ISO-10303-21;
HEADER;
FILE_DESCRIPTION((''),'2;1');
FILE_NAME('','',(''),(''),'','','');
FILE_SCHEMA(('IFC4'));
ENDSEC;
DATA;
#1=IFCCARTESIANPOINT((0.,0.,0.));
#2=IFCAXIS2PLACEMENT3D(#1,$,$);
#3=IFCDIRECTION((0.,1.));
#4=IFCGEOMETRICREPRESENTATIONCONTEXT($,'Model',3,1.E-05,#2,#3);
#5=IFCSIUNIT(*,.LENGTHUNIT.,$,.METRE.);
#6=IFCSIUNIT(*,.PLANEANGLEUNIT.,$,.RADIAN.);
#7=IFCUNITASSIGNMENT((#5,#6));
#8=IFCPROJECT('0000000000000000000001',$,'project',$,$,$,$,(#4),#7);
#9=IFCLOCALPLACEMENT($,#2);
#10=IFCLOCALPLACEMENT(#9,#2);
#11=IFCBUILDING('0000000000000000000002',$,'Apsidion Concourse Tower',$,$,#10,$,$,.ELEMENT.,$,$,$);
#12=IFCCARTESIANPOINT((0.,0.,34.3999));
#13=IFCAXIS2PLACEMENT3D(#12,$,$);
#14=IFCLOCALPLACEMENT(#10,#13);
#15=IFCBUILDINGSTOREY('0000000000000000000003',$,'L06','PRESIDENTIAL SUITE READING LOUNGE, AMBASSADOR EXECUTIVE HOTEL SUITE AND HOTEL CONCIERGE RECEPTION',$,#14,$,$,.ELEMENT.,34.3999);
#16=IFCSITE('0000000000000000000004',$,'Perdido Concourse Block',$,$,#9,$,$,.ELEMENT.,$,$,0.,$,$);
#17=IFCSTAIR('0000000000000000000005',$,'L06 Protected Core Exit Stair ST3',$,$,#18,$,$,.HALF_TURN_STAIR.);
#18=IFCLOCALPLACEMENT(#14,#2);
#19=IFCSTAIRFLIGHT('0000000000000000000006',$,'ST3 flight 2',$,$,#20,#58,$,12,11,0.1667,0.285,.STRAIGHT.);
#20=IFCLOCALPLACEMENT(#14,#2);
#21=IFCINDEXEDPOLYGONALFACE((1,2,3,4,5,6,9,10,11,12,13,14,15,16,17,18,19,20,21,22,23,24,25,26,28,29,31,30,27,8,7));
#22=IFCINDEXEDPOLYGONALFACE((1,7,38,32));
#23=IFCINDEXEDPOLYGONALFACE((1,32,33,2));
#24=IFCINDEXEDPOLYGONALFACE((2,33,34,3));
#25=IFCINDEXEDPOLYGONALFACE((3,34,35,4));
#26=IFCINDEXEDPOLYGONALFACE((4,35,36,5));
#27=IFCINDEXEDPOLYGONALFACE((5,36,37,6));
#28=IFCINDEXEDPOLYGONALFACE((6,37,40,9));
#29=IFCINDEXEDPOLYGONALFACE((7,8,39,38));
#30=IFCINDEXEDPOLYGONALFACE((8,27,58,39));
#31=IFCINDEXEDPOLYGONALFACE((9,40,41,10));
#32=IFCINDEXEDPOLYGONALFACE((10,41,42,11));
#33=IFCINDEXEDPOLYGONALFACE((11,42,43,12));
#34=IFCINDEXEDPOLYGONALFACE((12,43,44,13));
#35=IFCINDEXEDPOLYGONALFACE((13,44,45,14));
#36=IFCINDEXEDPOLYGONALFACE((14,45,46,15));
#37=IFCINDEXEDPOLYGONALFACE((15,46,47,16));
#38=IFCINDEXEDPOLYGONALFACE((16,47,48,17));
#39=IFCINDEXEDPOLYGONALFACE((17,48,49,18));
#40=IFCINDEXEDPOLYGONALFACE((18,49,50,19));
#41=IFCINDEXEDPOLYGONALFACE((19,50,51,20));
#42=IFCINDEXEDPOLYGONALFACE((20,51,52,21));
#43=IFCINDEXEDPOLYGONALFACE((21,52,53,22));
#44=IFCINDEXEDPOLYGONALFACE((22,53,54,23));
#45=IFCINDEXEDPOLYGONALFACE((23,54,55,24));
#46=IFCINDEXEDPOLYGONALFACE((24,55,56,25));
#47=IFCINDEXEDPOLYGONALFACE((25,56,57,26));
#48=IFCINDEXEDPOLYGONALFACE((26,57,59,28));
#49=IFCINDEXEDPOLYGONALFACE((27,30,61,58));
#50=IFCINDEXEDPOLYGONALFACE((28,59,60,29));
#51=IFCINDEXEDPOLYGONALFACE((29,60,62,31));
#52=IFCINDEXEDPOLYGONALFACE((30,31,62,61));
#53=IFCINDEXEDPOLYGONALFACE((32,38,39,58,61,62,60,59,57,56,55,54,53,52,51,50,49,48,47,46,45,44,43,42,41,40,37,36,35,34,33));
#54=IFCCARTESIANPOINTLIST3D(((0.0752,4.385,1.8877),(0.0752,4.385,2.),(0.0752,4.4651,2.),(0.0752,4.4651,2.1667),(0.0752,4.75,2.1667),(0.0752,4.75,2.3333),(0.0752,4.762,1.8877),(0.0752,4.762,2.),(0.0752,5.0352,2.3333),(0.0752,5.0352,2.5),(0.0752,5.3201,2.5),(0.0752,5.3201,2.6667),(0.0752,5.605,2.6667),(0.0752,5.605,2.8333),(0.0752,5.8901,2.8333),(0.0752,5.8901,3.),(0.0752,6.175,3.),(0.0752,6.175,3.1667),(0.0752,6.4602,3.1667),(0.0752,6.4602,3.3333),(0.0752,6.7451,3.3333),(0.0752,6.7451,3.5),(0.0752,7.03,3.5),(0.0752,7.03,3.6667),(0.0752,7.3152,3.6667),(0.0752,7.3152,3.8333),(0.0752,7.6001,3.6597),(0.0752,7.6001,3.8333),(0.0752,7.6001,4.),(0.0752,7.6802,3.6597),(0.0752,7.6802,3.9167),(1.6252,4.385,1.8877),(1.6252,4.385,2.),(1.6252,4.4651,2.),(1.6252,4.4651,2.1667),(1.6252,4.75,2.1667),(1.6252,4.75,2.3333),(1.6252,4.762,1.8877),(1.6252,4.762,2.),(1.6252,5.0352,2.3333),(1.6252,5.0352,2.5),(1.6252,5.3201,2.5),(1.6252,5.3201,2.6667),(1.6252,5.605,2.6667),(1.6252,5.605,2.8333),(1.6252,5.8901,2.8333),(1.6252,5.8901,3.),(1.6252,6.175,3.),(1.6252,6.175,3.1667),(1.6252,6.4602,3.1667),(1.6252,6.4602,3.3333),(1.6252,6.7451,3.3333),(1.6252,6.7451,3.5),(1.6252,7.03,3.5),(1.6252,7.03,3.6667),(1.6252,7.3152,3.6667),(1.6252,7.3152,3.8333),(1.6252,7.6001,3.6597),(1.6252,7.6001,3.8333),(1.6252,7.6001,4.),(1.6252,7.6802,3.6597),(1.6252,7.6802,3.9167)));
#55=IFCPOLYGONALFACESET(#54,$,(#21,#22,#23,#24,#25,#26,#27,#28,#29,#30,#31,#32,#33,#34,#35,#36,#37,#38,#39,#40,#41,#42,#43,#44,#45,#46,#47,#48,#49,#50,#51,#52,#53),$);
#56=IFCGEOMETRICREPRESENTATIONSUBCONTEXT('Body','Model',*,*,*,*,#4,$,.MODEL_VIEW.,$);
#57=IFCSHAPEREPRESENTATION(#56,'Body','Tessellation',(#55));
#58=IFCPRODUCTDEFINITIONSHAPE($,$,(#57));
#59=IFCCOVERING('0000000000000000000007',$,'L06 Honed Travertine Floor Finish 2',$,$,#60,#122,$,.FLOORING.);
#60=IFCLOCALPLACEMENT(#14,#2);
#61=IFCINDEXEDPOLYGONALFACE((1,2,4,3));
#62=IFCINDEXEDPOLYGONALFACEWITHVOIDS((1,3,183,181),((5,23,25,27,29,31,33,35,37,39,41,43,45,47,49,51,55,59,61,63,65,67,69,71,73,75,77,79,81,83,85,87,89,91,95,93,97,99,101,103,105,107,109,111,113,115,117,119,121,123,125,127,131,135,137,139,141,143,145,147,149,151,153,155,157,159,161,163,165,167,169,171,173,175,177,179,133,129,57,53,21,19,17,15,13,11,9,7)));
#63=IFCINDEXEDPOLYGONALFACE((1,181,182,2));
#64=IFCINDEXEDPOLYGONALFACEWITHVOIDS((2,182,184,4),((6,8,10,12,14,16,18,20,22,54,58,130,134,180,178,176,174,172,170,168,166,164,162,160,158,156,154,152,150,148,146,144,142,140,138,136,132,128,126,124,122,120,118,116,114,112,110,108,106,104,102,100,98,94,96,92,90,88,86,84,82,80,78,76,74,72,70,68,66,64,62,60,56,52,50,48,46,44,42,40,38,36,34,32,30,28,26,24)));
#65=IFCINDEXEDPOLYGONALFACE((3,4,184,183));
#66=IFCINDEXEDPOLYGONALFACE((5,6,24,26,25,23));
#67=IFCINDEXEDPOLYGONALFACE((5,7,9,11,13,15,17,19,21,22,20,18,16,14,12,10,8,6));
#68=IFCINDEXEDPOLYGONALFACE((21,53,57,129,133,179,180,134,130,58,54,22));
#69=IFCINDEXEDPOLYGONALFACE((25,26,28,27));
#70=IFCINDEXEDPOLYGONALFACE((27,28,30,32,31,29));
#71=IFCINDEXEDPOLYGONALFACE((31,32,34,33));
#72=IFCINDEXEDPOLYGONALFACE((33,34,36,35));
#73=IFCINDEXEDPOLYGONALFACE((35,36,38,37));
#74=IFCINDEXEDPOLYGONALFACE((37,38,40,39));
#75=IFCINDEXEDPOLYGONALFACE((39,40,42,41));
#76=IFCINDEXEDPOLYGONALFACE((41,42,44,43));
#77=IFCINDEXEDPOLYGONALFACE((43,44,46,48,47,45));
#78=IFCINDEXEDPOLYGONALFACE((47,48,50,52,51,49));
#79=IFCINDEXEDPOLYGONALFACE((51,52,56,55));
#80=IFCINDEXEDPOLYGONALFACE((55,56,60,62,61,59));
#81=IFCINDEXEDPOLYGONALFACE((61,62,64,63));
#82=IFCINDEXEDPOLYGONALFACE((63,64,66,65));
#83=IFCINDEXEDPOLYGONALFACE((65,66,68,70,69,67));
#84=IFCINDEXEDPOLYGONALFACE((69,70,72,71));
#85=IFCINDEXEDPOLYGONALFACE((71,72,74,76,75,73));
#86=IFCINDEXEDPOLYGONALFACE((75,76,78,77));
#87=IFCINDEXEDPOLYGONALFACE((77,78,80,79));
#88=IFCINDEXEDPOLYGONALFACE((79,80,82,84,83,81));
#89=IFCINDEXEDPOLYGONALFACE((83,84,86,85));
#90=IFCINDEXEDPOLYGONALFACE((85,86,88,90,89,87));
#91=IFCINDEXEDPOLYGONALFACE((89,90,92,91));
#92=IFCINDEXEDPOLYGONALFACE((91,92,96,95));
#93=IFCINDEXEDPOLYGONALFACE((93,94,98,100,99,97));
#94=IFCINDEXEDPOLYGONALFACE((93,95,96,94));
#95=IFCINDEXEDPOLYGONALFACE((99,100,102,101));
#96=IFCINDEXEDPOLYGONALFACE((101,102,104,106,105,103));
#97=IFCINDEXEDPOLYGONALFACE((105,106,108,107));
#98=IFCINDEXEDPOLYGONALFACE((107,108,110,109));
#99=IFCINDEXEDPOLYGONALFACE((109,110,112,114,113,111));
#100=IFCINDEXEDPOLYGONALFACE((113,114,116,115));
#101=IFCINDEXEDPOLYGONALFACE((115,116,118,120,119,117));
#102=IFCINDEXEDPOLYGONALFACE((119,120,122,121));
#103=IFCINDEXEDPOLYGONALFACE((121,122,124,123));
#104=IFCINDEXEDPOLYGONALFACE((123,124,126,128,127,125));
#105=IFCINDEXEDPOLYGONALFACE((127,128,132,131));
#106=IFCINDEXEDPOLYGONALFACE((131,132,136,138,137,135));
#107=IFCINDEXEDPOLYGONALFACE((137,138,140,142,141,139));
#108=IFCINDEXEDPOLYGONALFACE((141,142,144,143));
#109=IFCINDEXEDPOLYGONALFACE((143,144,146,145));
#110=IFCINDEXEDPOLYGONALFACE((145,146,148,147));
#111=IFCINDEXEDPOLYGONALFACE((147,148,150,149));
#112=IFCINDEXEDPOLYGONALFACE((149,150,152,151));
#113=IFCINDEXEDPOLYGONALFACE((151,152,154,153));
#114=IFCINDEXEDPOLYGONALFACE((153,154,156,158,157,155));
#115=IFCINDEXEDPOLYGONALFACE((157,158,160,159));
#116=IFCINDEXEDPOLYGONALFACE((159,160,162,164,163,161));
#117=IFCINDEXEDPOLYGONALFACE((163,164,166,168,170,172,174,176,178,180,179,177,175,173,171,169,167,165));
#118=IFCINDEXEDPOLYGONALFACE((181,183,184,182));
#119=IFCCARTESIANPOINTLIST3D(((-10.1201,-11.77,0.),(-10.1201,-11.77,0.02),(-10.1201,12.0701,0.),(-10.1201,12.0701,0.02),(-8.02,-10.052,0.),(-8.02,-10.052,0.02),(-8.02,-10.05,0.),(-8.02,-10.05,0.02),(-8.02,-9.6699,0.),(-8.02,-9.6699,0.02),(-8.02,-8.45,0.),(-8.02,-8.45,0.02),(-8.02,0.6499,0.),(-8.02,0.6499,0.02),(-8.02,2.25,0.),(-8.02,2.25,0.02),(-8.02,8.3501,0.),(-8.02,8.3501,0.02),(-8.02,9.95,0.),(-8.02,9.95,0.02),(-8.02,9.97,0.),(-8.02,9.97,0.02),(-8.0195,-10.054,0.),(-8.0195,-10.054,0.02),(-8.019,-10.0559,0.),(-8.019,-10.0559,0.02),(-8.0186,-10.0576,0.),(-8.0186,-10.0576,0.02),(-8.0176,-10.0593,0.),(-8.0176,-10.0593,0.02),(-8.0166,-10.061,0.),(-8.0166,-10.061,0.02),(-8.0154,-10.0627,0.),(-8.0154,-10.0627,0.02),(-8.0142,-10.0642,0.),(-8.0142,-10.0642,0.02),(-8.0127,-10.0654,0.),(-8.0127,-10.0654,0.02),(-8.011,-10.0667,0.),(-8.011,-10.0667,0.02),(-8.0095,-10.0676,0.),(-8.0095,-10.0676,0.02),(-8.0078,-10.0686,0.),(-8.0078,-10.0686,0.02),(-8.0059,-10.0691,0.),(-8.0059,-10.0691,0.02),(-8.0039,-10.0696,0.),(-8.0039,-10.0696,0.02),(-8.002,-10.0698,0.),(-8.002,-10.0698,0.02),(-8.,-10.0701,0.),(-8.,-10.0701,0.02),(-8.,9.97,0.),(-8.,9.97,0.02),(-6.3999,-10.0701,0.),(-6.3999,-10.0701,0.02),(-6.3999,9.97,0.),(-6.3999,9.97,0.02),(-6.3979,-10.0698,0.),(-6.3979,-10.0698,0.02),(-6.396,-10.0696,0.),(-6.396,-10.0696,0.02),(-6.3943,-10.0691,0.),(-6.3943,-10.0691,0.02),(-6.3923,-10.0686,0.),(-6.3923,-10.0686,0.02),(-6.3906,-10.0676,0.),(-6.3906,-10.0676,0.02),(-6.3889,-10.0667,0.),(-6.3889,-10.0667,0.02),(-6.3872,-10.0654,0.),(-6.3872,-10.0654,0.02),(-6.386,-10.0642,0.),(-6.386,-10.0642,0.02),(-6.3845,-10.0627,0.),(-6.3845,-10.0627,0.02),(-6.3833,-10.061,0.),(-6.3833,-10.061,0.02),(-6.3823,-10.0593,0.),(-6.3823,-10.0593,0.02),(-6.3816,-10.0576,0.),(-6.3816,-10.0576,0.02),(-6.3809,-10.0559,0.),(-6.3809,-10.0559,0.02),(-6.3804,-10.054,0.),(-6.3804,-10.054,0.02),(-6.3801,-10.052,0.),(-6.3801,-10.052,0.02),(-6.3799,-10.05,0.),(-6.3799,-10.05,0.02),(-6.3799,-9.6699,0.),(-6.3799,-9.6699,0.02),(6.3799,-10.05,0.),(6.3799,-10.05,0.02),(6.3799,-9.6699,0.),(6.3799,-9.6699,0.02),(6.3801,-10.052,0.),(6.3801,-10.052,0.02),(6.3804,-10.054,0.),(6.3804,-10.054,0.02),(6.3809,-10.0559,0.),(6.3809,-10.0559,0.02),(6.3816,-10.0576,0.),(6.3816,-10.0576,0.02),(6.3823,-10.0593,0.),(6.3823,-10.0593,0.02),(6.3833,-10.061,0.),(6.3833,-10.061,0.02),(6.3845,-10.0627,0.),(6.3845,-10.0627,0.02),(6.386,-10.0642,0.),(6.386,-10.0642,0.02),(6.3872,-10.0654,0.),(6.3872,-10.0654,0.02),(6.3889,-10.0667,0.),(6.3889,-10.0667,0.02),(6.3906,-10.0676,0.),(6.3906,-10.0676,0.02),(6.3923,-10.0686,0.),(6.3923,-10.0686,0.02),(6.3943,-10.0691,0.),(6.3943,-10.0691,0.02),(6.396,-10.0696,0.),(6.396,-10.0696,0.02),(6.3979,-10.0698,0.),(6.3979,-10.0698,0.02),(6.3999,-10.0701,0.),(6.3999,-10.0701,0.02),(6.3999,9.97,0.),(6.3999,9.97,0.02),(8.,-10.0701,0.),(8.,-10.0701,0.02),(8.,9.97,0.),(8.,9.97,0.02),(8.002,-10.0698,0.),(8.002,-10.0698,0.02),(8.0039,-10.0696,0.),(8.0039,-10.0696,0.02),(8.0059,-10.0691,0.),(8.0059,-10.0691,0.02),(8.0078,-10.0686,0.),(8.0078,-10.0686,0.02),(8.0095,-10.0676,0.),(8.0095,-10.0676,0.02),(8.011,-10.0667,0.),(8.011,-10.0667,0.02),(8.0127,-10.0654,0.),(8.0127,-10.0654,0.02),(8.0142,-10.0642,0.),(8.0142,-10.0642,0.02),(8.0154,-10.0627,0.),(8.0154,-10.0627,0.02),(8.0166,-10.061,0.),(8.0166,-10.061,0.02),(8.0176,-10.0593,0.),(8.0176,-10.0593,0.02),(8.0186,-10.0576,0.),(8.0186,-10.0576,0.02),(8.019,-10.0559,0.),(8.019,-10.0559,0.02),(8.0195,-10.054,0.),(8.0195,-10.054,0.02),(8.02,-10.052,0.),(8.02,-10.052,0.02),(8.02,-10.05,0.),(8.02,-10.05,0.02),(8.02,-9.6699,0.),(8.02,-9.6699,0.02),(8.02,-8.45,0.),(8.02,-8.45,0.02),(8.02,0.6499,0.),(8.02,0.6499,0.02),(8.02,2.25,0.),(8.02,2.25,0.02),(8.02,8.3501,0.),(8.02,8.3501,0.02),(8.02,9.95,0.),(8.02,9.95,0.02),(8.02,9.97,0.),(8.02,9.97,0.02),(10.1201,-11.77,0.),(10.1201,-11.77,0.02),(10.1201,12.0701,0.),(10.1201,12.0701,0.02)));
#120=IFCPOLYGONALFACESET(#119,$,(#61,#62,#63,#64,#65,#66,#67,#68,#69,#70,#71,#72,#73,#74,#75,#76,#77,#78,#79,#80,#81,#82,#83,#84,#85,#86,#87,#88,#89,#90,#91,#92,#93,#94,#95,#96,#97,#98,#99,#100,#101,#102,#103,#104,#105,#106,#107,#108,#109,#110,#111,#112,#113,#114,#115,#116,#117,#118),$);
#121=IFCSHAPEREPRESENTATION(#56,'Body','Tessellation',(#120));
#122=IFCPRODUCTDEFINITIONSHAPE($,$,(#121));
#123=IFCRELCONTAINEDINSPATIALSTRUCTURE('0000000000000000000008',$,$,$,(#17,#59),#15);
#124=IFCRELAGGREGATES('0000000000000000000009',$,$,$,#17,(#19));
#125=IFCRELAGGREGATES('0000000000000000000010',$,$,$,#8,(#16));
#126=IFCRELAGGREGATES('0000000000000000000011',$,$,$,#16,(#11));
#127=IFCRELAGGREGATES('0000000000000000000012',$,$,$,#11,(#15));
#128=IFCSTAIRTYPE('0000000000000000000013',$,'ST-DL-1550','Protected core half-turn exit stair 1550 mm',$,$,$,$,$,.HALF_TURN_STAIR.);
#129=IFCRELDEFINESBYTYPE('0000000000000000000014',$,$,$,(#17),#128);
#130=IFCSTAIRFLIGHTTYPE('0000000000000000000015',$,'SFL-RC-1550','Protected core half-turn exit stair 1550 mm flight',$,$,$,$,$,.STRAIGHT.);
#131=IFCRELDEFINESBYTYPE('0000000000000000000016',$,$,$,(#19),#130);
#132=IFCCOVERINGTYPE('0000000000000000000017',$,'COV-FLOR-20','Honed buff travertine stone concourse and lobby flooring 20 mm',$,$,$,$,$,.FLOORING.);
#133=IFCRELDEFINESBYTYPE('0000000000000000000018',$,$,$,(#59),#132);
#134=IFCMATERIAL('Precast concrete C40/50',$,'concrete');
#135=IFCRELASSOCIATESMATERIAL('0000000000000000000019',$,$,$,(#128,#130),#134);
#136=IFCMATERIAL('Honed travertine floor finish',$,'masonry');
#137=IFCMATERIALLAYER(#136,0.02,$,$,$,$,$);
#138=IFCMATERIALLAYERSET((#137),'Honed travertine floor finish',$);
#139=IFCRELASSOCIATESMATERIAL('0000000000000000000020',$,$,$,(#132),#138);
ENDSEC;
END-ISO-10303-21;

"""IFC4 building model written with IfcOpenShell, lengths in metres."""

from ifc_helpers import new_model, si_unit, direction, frame, origin, place, context, subcontext, project, spatial, polyline, outline, extrude, material, layer, layer_set, type_object, element, aggregate, save


model = new_model("IFC4")

# Units and contexts
model_context = context("Model", 3, precision=1e-05, world=origin(), true_north=direction((0.0, 1.0)))
body_context = subcontext(model_context, "Body", "Model", "MODEL_VIEW")
ifc_project = project(units=[si_unit("LENGTHUNIT", "METRE"), si_unit("PLANEANGLEUNIT", "RADIAN")], contexts=[model_context])

# Site, building, storey
site_placement = place(None, origin())
site = spatial("IfcSite", under=ifc_project, at=site_placement, Name="Perdido Concourse Block", CompositionType="ELEMENT", RefElevation=0.0)
building_placement = place(site_placement, origin())
building = spatial("IfcBuilding", under=site, at=building_placement, Name="Apsidion Concourse Tower", CompositionType="ELEMENT")
storey_placement = place(building_placement, frame((0.0, 0.0, 34.3999)))
storey = spatial("IfcBuildingStorey", under=building, at=storey_placement, Name="L06", Description="PRESIDENTIAL SUITE READING LOUNGE, AMBASSADOR EXECUTIVE HOTEL SUITE AND HOTEL CONCIERGE RECEPTION", CompositionType="ELEMENT", Elevation=34.3999)

# Shared definitions
ifc_material_1 = material(Name="Precast concrete C40/50", Category="concrete")
stair_type = type_object("IfcStairType", Name="ST-DL-1550", Description="Protected core half-turn exit stair 1550 mm", PredefinedType="HALF_TURN_STAIR", material=ifc_material_1)
stair_flight_type = type_object("IfcStairFlightType", Name="SFL-RC-1550", Description="Protected core half-turn exit stair 1550 mm flight", PredefinedType="STRAIGHT", material=ifc_material_1)

# Stair, stair flight
stair_1_placement = place(storey_placement, origin())
stair_1 = element("IfcStair", 1, at=stair_1_placement, inside=storey, type_object=stair_type, Name="L06 Protected Core Exit Stair ST3", PredefinedType="HALF_TURN_STAIR")
stair_flight_1_placement = place(storey_placement, frame((0.8501, 4.4651, 2.0), z_axis=(0.0, 0.0, 1.0), x_axis=(0.0, 1.0, 0.0)))
stair_flight_1 = element("IfcStairFlight", 2, at=stair_flight_1_placement, type_object=stair_flight_type, Name="ST3 flight 2", NumberOfRisers=12, NumberOfTreads=11, PredefinedType="STRAIGHT", RiserHeight=0.1667, TreadLength=0.285, context=body_context, shape_type="SweptSolid", body=[
    extrude(outline(polyline([(-0.0801, -0.1123), (-0.0801, 0.0), (0.0, 0.0), (0.0, 0.1667), (0.2849, 0.1667), (0.2849, 0.3333), (0.5701, 0.3333), (0.5701, 0.5), (0.855, 0.5), (0.855, 0.6667), (1.1399, 0.6667), (1.1399, 0.8333), (1.425, 0.8333), (1.425, 1.0), (1.71, 1.0), (1.71, 1.1667), (1.9951, 1.1667), (1.9951, 1.3333), (2.28, 1.3333), (2.28, 1.5), (2.5649, 1.5), (2.5649, 1.6667), (2.8501, 1.6667), (2.8501, 1.8333), (3.135, 1.8333), (3.135, 2.0), (3.2151, 1.9167), (3.2151, 1.6597), (3.135, 1.6597), (0.2969, 0.0), (0.2969, -0.1123), (-0.0801, -0.1123)])), frame((0.0, 0.7749, 0.0), z_axis=(0.0, -1.0, 0.0), x_axis=(1.0, 0.0, 0.0)), (0.0, 0.0, 1.0), 1.55),
])
aggregate(stair_1, [stair_flight_1])

# Covering
ifc_material_2 = material(Name="Honed travertine floor finish", Category="masonry")
ifc_layer_1 = layer(ifc_material_2, 0.02)
ifc_layer_set_1 = layer_set([ifc_layer_1], Name="Honed travertine floor finish")
covering_type = type_object("IfcCoveringType", Name="COV-FLOR-20", Description="Honed buff travertine stone concourse and lobby flooring 20 mm", PredefinedType="FLOORING", material=ifc_layer_set_1)
covering_placement = place(storey_placement, origin())
element("IfcCovering", 3, at=covering_placement, inside=storey, type_object=covering_type, Name="L06 Honed Travertine Floor Finish 2", PredefinedType="FLOORING", context=body_context, shape_type="SweptSolid", body=[
    extrude(outline(polyline([(10.1201, 12.0701), (10.1201, -11.77), (-10.1201, -11.77), (-10.1201, 12.0701), (10.1201, 12.0701)]), holes=[polyline([(-8.02, 9.95), (-8.02, 8.3501), (-8.02, 2.25), (-8.02, 0.6499), (-8.02, -8.45), (-8.02, -9.6699), (-8.02, -10.05), (-8.02, -10.052), (-8.0195, -10.054), (-8.019, -10.0559), (-8.0186, -10.0576), (-8.0176, -10.0593), (-8.0166, -10.061), (-8.0154, -10.0627), (-8.0142, -10.0642), (-8.0127, -10.0654), (-8.011, -10.0667), (-8.0095, -10.0676), (-8.0078, -10.0686), (-8.0059, -10.0691), (-8.0039, -10.0696), (-8.002, -10.0698), (-8.0, -10.0701), (-6.3999, -10.0701), (-6.3979, -10.0698), (-6.396, -10.0696), (-6.3943, -10.0691), (-6.3923, -10.0686), (-6.3906, -10.0676), (-6.3889, -10.0667), (-6.3872, -10.0654), (-6.386, -10.0642), (-6.3845, -10.0627), (-6.3833, -10.061), (-6.3823, -10.0593), (-6.3816, -10.0576), (-6.3809, -10.0559), (-6.3804, -10.054), (-6.3801, -10.052), (-6.3799, -10.05), (-6.3799, -9.6699), (6.3799, -9.6699), (6.3799, -10.05), (6.3801, -10.052), (6.3804, -10.054), (6.3809, -10.0559), (6.3816, -10.0576), (6.3823, -10.0593), (6.3833, -10.061), (6.3845, -10.0627), (6.386, -10.0642), (6.3872, -10.0654), (6.3889, -10.0667), (6.3906, -10.0676), (6.3923, -10.0686), (6.3943, -10.0691), (6.396, -10.0696), (6.3979, -10.0698), (6.3999, -10.0701), (8.0, -10.0701), (8.002, -10.0698), (8.0039, -10.0696), (8.0059, -10.0691), (8.0078, -10.0686), (8.0095, -10.0676), (8.011, -10.0667), (8.0127, -10.0654), (8.0142, -10.0642), (8.0154, -10.0627), (8.0166, -10.061), (8.0176, -10.0593), (8.0186, -10.0576), (8.019, -10.0559), (8.0195, -10.054), (8.02, -10.052), (8.02, -10.05), (8.02, -9.6699), (8.02, -8.45), (8.02, 0.6499), (8.02, 2.25), (8.02, 8.3501), (8.02, 9.95), (8.02, 9.97), (8.0, 9.97), (6.3999, 9.97), (-6.3999, 9.97), (-8.0, 9.97), (-8.02, 9.97), (-8.02, 9.95)])]), origin(), (0.0, 0.0, 1.0), 0.02),
])

save(model, "model.ifc")
